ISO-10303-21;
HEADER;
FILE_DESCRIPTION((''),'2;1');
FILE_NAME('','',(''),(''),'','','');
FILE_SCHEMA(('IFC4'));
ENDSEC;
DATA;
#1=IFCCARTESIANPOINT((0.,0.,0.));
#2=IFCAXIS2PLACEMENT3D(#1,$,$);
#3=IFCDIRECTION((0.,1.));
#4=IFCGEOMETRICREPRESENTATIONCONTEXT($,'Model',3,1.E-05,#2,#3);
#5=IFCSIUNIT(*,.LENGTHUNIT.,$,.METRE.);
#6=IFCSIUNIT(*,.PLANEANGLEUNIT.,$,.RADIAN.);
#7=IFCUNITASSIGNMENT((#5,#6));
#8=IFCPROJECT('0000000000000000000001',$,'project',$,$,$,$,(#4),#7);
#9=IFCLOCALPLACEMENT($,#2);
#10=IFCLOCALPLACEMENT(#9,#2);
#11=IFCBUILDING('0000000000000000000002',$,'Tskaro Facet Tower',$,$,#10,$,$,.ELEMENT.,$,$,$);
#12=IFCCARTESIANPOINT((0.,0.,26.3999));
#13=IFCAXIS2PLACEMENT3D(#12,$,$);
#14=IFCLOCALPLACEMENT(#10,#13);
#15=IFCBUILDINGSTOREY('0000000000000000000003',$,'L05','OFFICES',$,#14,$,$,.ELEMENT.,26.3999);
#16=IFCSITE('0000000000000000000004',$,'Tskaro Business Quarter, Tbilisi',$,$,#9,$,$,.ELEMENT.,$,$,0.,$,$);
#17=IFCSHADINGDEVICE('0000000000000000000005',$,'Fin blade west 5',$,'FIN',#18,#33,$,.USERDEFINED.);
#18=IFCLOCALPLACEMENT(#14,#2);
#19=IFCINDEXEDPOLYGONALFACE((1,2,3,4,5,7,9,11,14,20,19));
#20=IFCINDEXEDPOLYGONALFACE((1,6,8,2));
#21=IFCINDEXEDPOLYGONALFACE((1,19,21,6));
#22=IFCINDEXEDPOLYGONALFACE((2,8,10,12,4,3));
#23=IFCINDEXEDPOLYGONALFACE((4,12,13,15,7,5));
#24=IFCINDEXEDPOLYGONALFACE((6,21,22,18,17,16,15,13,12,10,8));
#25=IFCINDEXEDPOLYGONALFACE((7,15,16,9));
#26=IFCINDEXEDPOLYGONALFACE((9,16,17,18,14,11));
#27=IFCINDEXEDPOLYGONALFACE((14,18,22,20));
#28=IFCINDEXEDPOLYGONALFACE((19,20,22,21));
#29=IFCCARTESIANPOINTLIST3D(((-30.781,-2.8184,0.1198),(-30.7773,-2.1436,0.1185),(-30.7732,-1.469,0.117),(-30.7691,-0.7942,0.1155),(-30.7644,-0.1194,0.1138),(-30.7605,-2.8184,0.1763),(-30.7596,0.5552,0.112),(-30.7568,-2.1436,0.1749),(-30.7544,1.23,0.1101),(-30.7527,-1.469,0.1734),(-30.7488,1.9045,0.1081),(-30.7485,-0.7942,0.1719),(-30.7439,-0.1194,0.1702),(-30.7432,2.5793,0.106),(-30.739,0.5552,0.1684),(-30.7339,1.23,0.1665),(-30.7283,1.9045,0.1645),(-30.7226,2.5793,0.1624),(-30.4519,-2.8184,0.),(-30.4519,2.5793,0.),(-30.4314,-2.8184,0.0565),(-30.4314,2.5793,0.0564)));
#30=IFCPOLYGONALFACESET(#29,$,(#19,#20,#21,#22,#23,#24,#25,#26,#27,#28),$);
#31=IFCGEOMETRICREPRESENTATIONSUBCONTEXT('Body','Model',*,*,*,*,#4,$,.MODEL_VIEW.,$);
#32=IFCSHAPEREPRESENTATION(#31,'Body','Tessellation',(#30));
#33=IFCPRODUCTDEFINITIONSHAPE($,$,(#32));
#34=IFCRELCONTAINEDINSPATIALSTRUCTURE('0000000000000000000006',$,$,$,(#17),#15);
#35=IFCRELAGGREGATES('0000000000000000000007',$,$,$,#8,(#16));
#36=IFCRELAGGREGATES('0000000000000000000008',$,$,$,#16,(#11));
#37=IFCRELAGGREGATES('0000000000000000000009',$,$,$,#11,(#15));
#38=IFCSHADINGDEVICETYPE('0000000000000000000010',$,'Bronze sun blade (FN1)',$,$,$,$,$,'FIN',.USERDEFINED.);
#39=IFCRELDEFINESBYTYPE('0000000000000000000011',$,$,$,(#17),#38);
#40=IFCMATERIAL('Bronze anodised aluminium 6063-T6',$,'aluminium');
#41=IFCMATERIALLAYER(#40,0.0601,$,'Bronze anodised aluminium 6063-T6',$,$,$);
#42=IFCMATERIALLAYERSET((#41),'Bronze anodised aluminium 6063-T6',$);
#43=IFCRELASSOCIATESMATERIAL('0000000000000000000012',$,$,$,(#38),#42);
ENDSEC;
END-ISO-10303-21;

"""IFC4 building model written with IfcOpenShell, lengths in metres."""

from ifc_helpers import new_model, si_unit, direction, frame, origin, place, context, subcontext, project, spatial, polyline, outline, extrude, material, layer, layer_set, type_object, element, save


model = new_model("IFC4")

# Units and contexts
model_context = context("Model", 3, precision=1e-05, world=origin(), true_north=direction((0.0, 1.0)))
body_context = subcontext(model_context, "Body", "Model", "MODEL_VIEW")
ifc_project = project(units=[si_unit("LENGTHUNIT", "METRE"), si_unit("PLANEANGLEUNIT", "RADIAN")], contexts=[model_context])

# Site, building, storey
site_placement = place(None, origin())
site = spatial("IfcSite", under=ifc_project, at=site_placement, Name="Tskaro Business Quarter, Tbilisi", CompositionType="ELEMENT", RefElevation=0.0)
building_placement = place(site_placement, origin())
building = spatial("IfcBuilding", under=site, at=building_placement, Name="Tskaro Facet Tower", CompositionType="ELEMENT")
storey_placement = place(building_placement, frame((0.0, 0.0, 26.3999)))
storey = spatial("IfcBuildingStorey", under=building, at=storey_placement, Name="L05", Description="OFFICES", CompositionType="ELEMENT", Elevation=26.3999)

# Shared definitions
ifc_material_1 = material(Name="Bronze anodised aluminium 6063-T6", Category="aluminium")

# Shading device
ifc_layer_1 = layer(ifc_material_1, 0.0601, Name="Bronze anodised aluminium 6063-T6")
ifc_layer_set_1 = layer_set([ifc_layer_1], Name="Bronze anodised aluminium 6063-T6")
shading_device_type = type_object("IfcShadingDeviceType", Name="Bronze sun blade (FN1)", ElementType="FIN", PredefinedType="USERDEFINED", material=ifc_layer_set_1)
shading_device_1_placement = place(storey_placement, frame((-30.4314, 2.5793, 0.0564), z_axis=(0.342109, 0.000012, 0.93966), x_axis=(0.000004, -1.0, 0.000011)))
element("IfcShadingDevice", 1, at=shading_device_1_placement, inside=storey, type_object=shading_device_type, Name="Fin blade west 5", ObjectType="FIN", PredefinedType="USERDEFINED", context=body_context, shape_type="SweptSolid", body=[
    extrude(outline(polyline([(0.0, 0.0), (5.3977, 0.0), (5.3977, -0.3503), (4.7229, -0.3463), (4.0483, -0.3419), (3.3735, -0.3375), (2.6987, -0.3326), (2.0242, -0.3274), (1.3494, -0.3219), (0.6748, -0.316), (0.0, -0.3099), (0.0, 0.0)])), origin(), (0.0, 0.0, -1.0), 0.0601),
])

save(model, "model.ifc")
